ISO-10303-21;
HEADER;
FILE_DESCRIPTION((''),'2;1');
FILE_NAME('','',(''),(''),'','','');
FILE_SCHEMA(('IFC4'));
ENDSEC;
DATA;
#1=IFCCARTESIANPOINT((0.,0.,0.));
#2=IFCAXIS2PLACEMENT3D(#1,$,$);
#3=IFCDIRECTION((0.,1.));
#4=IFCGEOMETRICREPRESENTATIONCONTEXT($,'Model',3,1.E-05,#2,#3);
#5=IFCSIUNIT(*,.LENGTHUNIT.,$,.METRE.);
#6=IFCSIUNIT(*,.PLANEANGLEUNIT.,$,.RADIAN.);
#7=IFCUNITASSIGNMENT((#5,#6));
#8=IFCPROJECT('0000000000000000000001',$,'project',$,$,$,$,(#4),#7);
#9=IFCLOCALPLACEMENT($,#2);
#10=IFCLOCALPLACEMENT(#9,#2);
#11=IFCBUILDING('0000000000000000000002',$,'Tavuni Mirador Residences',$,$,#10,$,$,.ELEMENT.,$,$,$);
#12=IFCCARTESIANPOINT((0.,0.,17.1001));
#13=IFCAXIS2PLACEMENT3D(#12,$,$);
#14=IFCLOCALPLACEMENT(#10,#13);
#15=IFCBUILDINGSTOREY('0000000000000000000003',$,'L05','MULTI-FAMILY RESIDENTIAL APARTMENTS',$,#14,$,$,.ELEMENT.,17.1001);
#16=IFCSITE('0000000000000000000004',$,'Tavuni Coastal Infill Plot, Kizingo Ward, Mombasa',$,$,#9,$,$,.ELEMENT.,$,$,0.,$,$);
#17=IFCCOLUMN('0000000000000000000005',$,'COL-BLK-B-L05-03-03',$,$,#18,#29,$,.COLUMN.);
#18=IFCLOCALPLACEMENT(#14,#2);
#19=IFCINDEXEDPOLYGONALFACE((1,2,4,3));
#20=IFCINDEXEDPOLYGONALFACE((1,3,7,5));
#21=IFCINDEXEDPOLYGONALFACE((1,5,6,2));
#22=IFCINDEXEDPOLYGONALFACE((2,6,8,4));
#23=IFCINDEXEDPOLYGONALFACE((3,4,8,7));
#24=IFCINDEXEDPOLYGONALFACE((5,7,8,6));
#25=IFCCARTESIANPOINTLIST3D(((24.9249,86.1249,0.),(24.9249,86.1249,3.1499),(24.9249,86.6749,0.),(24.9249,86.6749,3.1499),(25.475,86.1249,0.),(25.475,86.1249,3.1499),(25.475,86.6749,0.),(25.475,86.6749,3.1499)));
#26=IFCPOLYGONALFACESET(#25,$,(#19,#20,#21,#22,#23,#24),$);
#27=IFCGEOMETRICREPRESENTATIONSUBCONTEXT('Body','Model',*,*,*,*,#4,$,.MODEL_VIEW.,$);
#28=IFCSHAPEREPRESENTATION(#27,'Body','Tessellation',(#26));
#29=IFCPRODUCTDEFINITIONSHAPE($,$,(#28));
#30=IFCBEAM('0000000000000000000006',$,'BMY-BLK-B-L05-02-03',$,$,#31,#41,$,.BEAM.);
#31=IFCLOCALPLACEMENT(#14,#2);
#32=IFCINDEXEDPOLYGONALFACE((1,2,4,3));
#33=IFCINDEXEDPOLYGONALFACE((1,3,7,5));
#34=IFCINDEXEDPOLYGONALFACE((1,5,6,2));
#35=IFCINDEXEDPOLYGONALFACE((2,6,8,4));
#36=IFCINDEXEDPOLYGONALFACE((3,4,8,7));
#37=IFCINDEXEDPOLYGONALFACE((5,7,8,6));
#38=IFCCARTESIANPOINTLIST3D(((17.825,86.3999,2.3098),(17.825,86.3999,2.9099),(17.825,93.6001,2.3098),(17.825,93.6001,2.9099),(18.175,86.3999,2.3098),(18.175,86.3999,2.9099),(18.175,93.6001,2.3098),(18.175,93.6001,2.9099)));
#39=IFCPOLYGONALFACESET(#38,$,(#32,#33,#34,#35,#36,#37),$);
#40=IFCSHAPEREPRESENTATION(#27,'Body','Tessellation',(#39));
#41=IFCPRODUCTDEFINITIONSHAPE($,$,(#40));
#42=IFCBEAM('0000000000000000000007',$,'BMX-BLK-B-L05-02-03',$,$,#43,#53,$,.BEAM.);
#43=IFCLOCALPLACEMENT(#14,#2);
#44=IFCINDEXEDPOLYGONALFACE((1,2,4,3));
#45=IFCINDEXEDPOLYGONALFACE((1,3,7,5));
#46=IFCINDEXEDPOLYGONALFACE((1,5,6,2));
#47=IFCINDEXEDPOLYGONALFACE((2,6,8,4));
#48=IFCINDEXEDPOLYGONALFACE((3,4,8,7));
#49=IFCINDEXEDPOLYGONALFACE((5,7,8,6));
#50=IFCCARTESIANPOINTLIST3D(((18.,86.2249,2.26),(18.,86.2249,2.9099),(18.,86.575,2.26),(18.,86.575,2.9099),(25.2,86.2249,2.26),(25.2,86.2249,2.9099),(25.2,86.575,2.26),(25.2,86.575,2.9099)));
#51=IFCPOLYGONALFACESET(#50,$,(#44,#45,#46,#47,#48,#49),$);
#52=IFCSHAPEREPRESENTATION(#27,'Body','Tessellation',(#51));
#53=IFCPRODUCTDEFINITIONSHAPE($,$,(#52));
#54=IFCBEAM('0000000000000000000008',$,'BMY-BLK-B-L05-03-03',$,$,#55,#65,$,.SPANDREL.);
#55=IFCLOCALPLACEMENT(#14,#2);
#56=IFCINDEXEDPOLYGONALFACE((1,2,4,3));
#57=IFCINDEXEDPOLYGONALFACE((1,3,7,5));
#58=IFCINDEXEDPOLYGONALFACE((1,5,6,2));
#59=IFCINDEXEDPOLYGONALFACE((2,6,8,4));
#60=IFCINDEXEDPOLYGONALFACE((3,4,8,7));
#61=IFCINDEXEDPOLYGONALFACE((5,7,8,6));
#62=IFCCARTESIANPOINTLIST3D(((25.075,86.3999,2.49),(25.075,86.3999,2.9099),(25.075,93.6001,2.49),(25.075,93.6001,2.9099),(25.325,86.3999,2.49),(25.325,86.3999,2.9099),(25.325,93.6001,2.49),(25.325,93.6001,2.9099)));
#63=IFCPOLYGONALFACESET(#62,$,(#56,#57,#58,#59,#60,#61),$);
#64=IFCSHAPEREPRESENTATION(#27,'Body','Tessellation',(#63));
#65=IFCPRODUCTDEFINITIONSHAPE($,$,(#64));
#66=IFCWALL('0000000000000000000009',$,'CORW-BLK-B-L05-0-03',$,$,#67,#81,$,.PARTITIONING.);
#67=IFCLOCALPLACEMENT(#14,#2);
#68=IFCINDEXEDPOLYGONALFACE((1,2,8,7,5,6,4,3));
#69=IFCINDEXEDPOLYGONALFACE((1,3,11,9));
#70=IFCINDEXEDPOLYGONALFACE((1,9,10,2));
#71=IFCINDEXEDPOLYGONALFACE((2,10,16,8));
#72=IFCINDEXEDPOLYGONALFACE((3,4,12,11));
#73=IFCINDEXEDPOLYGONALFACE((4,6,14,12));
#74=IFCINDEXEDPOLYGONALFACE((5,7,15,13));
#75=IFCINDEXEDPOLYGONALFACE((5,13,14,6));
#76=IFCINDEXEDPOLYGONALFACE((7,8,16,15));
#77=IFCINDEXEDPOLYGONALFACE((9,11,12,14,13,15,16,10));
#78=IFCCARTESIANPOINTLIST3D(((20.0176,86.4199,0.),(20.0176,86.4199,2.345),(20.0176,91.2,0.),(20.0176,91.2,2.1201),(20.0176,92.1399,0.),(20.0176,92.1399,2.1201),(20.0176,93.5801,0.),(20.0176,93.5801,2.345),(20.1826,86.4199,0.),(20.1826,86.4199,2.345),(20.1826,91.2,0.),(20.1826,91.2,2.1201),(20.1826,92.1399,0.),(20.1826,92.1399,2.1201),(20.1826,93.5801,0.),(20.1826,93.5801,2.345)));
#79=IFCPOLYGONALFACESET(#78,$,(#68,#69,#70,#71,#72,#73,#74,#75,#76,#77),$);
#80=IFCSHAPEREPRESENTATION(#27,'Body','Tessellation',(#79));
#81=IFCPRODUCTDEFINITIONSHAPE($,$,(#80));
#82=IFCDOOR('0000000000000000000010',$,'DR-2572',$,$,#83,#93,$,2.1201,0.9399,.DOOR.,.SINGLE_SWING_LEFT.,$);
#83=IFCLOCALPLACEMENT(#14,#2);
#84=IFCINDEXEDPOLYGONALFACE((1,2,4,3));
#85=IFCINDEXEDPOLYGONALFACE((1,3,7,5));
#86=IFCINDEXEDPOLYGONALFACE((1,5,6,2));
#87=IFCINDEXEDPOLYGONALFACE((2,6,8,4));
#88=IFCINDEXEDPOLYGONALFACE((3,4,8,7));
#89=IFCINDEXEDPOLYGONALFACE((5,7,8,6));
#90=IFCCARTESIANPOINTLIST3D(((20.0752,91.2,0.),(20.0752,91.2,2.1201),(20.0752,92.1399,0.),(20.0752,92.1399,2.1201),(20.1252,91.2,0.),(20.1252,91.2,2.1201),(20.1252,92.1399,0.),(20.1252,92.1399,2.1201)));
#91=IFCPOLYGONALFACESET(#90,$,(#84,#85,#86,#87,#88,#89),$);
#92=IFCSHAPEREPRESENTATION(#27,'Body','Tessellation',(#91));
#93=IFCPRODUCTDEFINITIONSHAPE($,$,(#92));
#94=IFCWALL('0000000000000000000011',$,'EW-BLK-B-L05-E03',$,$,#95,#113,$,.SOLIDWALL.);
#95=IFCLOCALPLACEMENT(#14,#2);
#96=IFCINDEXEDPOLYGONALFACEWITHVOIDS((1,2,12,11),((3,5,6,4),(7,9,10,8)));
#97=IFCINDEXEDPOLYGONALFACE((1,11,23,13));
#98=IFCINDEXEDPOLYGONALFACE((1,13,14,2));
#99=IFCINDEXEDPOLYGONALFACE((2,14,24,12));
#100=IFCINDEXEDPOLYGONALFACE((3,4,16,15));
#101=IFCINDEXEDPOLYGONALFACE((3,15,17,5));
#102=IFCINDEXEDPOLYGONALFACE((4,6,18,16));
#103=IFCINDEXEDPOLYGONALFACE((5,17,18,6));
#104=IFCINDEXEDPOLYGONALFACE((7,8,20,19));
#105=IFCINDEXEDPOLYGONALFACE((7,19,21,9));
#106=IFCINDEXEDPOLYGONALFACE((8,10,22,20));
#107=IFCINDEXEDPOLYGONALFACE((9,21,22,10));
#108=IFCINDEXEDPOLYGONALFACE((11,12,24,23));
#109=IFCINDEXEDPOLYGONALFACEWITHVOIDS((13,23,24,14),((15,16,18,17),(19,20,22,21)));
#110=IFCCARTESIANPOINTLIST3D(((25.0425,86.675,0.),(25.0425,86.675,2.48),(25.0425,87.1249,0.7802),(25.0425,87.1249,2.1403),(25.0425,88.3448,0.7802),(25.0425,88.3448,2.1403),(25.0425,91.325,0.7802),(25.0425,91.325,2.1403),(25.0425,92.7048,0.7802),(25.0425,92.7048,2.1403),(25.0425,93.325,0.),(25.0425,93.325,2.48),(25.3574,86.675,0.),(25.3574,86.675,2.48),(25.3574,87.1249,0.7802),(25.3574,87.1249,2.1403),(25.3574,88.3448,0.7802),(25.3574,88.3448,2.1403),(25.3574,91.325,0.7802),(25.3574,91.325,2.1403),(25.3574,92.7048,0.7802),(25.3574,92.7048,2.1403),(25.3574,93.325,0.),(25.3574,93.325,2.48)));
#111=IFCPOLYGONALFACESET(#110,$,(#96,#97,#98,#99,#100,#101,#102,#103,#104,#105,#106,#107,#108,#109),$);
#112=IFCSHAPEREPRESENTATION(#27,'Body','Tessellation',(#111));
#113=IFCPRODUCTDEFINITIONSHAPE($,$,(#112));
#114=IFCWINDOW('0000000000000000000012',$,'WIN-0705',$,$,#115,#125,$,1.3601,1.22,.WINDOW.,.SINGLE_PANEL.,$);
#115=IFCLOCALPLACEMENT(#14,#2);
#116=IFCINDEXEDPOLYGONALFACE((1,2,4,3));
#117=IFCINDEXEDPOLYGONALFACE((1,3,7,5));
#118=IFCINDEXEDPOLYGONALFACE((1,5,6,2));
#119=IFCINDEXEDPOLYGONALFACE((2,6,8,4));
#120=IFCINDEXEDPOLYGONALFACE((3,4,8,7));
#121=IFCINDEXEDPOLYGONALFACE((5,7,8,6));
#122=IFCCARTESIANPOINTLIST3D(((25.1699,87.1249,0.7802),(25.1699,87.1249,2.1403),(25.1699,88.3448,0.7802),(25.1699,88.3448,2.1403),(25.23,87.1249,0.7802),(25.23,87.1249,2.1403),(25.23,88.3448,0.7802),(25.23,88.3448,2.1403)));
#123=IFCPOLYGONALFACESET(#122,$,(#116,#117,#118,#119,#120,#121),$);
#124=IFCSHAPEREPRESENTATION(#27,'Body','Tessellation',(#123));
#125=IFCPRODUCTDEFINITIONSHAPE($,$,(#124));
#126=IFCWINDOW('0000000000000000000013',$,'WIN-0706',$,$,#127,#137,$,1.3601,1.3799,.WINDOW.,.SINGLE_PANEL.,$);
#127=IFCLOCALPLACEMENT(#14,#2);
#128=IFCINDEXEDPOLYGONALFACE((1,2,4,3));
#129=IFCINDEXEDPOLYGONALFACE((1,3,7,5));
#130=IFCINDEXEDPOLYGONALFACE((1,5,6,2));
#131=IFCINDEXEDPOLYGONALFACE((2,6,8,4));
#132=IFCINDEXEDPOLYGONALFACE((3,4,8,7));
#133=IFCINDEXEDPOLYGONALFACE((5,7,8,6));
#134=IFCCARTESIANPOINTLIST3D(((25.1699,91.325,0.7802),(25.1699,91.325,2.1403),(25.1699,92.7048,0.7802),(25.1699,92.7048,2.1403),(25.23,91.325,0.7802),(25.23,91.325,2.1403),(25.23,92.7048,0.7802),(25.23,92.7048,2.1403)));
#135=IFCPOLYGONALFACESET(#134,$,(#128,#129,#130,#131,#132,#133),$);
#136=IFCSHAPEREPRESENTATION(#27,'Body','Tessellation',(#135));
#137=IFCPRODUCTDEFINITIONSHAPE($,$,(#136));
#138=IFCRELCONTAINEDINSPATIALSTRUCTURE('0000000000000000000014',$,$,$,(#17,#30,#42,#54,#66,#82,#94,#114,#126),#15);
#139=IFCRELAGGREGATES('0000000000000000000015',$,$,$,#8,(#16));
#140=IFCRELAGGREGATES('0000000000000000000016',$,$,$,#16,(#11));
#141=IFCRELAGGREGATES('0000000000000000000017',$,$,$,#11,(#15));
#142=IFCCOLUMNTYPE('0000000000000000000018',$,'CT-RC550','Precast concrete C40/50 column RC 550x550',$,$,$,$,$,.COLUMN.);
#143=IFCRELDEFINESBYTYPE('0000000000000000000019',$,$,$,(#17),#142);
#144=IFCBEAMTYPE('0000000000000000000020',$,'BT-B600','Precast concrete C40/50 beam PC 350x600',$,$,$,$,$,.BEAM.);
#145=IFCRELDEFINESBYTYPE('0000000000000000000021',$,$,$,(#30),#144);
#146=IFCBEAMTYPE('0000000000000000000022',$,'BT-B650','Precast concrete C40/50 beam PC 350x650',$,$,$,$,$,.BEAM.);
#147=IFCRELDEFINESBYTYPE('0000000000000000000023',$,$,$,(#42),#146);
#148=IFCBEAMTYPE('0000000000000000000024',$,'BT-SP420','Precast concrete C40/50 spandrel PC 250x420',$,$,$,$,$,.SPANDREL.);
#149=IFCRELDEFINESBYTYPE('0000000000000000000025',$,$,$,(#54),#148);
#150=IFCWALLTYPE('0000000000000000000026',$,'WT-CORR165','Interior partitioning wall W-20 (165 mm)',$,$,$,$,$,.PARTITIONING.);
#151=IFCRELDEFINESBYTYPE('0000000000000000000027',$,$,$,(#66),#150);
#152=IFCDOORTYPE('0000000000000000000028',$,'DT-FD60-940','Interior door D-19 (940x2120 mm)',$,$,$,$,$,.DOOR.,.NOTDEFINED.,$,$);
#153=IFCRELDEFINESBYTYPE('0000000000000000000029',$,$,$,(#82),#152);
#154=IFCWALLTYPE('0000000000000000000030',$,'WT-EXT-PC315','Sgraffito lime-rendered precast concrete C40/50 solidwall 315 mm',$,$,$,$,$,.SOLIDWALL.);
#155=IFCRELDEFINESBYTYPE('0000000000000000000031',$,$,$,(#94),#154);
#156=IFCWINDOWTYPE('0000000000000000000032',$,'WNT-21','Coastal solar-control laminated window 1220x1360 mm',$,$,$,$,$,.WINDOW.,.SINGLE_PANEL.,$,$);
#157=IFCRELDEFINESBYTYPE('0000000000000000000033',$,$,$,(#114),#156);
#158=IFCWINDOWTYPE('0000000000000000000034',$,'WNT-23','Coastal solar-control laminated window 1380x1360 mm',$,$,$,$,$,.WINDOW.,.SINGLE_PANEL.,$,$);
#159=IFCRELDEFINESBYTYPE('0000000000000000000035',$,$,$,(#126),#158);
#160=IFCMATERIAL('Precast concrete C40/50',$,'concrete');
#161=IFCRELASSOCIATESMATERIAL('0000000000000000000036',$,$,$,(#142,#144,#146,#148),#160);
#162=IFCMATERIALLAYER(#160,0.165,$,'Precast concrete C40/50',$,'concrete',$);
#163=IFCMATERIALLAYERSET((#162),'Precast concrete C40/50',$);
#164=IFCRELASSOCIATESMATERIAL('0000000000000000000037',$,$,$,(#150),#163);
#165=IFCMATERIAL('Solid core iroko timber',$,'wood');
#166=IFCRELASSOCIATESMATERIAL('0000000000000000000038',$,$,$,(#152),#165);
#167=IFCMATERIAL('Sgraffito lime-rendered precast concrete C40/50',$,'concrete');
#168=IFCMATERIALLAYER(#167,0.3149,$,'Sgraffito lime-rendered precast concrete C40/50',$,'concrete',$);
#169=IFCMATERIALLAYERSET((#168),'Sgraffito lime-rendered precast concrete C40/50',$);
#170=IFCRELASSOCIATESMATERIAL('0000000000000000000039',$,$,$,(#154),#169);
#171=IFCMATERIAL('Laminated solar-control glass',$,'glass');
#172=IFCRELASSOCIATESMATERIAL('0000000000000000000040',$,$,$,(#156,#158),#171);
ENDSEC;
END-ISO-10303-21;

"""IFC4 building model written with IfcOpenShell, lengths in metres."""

from ifc_helpers import new_model, si_unit, direction, frame, frame_2d, origin, origin_2d, place, context, subcontext, project, spatial, rectangle, extrude, material, layer, layer_set, material_profile, profile_set, type_object, element, fill, save


model = new_model("IFC4")

# Units and contexts
model_context = context("Model", 3, precision=1e-05, world=origin(), true_north=direction((0.0, 1.0)))
body_context = subcontext(model_context, "Body", "Model", "MODEL_VIEW")
ifc_project = project(units=[si_unit("LENGTHUNIT", "METRE"), si_unit("PLANEANGLEUNIT", "RADIAN")], contexts=[model_context])

# Site, building, storey
site_placement = place(None, origin())
site = spatial("IfcSite", under=ifc_project, at=site_placement, Name="Tavuni Coastal Infill Plot, Kizingo Ward, Mombasa", CompositionType="ELEMENT", RefElevation=0.0)
building_placement = place(site_placement, origin())
building = spatial("IfcBuilding", under=site, at=building_placement, Name="Tavuni Mirador Residences", CompositionType="ELEMENT")
storey_placement = place(building_placement, frame((0.0, 0.0, 17.1001)))
storey = spatial("IfcBuildingStorey", under=building, at=storey_placement, Name="L05", Description="MULTI-FAMILY RESIDENTIAL APARTMENTS", CompositionType="ELEMENT", Elevation=17.1001)

# Column
ifc_material_1 = material(Name="Precast concrete C40/50", Category="concrete")
ifc_material_profile_1 = material_profile(ifc_material_1, rectangle(XDim=0.55, YDim=0.55, at=origin_2d()), Name="RC 550x550", Category="concrete")
ifc_profile_set_1 = profile_set([ifc_material_profile_1], Name="Precast concrete C40/50")
column_type = type_object("IfcColumnType", Name="CT-RC550", Description="Precast concrete C40/50 column RC 550x550", PredefinedType="COLUMN", material=ifc_profile_set_1)
column_placement = place(storey_placement, frame((25.2, 86.3999, 0.0), z_axis=(0.0, 0.0, 1.0), x_axis=(1.0, 0.0, 0.0)))
element("IfcColumn", 1, at=column_placement, inside=storey, type_object=column_type, Name="COL-BLK-B-L05-03-03", PredefinedType="COLUMN", context=body_context, shape_type="SweptSolid", body=[
    extrude(rectangle(XDim=0.55, YDim=0.55, at=origin_2d()), origin(), (0.0, 0.0, 1.0), 3.1499),
])

# Beams
ifc_material_profile_2 = material_profile(ifc_material_1, rectangle(XDim=0.3501, YDim=0.6001, at=origin_2d()), Name="PC 350x600", Category="concrete")
ifc_profile_set_2 = profile_set([ifc_material_profile_2], Name="Precast concrete C40/50")
beam_type_1 = type_object("IfcBeamType", Name="BT-B600", Description="Precast concrete C40/50 beam PC 350x600", PredefinedType="BEAM", material=ifc_profile_set_2)
beam_1_placement = place(storey_placement, frame((18.0, 86.3999, 2.6099), z_axis=(0.0, 1.0, 0.0), x_axis=(-1.0, 0.0, 0.0)))
element("IfcBeam", 2, at=beam_1_placement, inside=storey, type_object=beam_type_1, Name="BMY-BLK-B-L05-02-03", PredefinedType="BEAM", context=body_context, shape_type="SweptSolid", body=[
    extrude(rectangle(XDim=0.3501, YDim=0.6001, at=origin_2d()), origin(), (0.0, 0.0, 1.0), 7.2002),
])
ifc_material_profile_3 = material_profile(ifc_material_1, rectangle(XDim=0.3501, YDim=0.6499, at=origin_2d()), Name="PC 350x650", Category="concrete")
ifc_profile_set_3 = profile_set([ifc_material_profile_3], Name="Precast concrete C40/50")
beam_type_2 = type_object("IfcBeamType", Name="BT-B650", Description="Precast concrete C40/50 beam PC 350x650", PredefinedType="BEAM", material=ifc_profile_set_3)
beam_2_placement = place(storey_placement, frame((18.0, 86.3999, 2.585), z_axis=(1.0, 0.0, 0.0), x_axis=(0.0, 1.0, 0.0)))
element("IfcBeam", 3, at=beam_2_placement, inside=storey, type_object=beam_type_2, Name="BMX-BLK-B-L05-02-03", PredefinedType="BEAM", context=body_context, shape_type="SweptSolid", body=[
    extrude(rectangle(XDim=0.3501, YDim=0.6499, at=origin_2d()), origin(), (0.0, 0.0, 1.0), 7.2),
])
ifc_material_profile_4 = material_profile(ifc_material_1, rectangle(XDim=0.25, YDim=0.4199, at=origin_2d()), Name="PC 250x420", Category="concrete")
ifc_profile_set_4 = profile_set([ifc_material_profile_4], Name="Precast concrete C40/50")
beam_type_3 = type_object("IfcBeamType", Name="BT-SP420", Description="Precast concrete C40/50 spandrel PC 250x420", PredefinedType="SPANDREL", material=ifc_profile_set_4)
beam_3_placement = place(storey_placement, frame((25.2, 86.3999, 2.7), z_axis=(0.0, 1.0, 0.0), x_axis=(-1.0, 0.0, 0.0)))
element("IfcBeam", 4, at=beam_3_placement, inside=storey, type_object=beam_type_3, Name="BMY-BLK-B-L05-03-03", PredefinedType="SPANDREL", context=body_context, shape_type="SweptSolid", body=[
    extrude(rectangle(XDim=0.25, YDim=0.4199, at=origin_2d()), origin(), (0.0, 0.0, 1.0), 7.2002),
])

# Wall, opening, door
ifc_material_2 = material(Name="Solid core iroko timber", Category="wood")
ifc_layer_1 = layer(ifc_material_1, 0.165, Name="Precast concrete C40/50", Category="concrete")
ifc_layer_set_1 = layer_set([ifc_layer_1], Name="Precast concrete C40/50")
wall_type_1 = type_object("IfcWallType", Name="WT-CORR165", Description="Interior partitioning wall W-20 (165 mm)", PredefinedType="PARTITIONING", material=ifc_layer_set_1)
wall_1_placement = place(storey_placement, frame((20.1001, 86.4199, 0.0), z_axis=(0.0, 0.0, 1.0), x_axis=(0.0, 1.0, 0.0)))
wall_1 = element("IfcWall", 5, at=wall_1_placement, inside=storey, type_object=wall_type_1, Name="CORW-BLK-B-L05-0-03", PredefinedType="PARTITIONING", context=body_context, shape_type="SweptSolid", body=[
    extrude(rectangle(XDim=7.1602, YDim=0.165, at=frame_2d((3.5801, 0.0))), origin(), (0.0, 0.0, 1.0), 2.345),
])
opening_1_placement = place(wall_1_placement, frame((4.78, 0.0, 0.0)))
opening_1 = element("IfcOpeningElement", 6, at=opening_1_placement, cuts=wall_1, PredefinedType="OPENING", context=body_context, shape_type="SweptSolid", body=[
    extrude(rectangle(XDim=0.9399, YDim=2.1201, at=frame_2d((0.47, 1.0601))), frame((0.0, 0.0925, 0.0), z_axis=(0.0, -1.0, 0.0), x_axis=(1.0, 0.0, 0.0)), (0.0, 0.0, 1.0), 0.1851),
])
door_type_1 = type_object("IfcDoorType", Name="DT-FD60-940", Description="Interior door D-19 (940x2120 mm)", OperationType="NOTDEFINED", PredefinedType="DOOR", material=ifc_material_2)
door_1_placement = place(opening_1_placement, origin())
door_1 = element("IfcDoor", 7, at=door_1_placement, inside=storey, type_object=door_type_1, Name="DR-2572", OperationType="SINGLE_SWING_LEFT", OverallHeight=2.1201, OverallWidth=0.9399, PredefinedType="DOOR", context=body_context, shape_type="SweptSolid", body=[
    extrude(rectangle(XDim=0.9399, YDim=2.1201, at=frame_2d((0.47, 1.0601))), frame((0.0, 0.0249, 0.0), z_axis=(0.0, -1.0, 0.0), x_axis=(1.0, 0.0, 0.0)), (0.0, 0.0, 1.0), 0.05),
])
fill(opening_1, door_1)

# Wall, openings, windows
ifc_material_3 = material(Name="Sgraffito lime-rendered precast concrete C40/50", Category="concrete")
ifc_layer_2 = layer(ifc_material_3, 0.3149, Name="Sgraffito lime-rendered precast concrete C40/50", Category="concrete")
ifc_layer_set_2 = layer_set([ifc_layer_2], Name="Sgraffito lime-rendered precast concrete C40/50")
wall_type_2 = type_object("IfcWallType", Name="WT-EXT-PC315", Description="Sgraffito lime-rendered precast concrete C40/50 solidwall 315 mm", PredefinedType="SOLIDWALL", material=ifc_layer_set_2)
wall_2_placement = place(storey_placement, frame((25.2, 86.675, 0.0), z_axis=(0.0, 0.0, 1.0), x_axis=(0.0, 1.0, 0.0)))
wall_2 = element("IfcWall", 8, at=wall_2_placement, inside=storey, type_object=wall_type_2, Name="EW-BLK-B-L05-E03", PredefinedType="SOLIDWALL", context=body_context, shape_type="SweptSolid", body=[
    extrude(rectangle(XDim=6.6499, YDim=0.3149, at=frame_2d((3.325, 0.0))), origin(), (0.0, 0.0, 1.0), 2.48),
])
opening_2_placement = place(wall_2_placement, frame((0.45, 0.0, 0.78)))
opening_2 = element("IfcOpeningElement", 9, at=opening_2_placement, cuts=wall_2, PredefinedType="OPENING", context=body_context, shape_type="SweptSolid", body=[
    extrude(rectangle(XDim=1.22, YDim=1.3601, at=frame_2d((0.6099, 0.6802))), frame((0.0, 0.1675, 0.0), z_axis=(0.0, -1.0, 0.0), x_axis=(1.0, 0.0, 0.0)), (0.0, 0.0, 1.0), 0.335),
])
opening_3_placement = place(wall_2_placement, frame((4.6499, 0.0, 0.78)))
opening_3 = element("IfcOpeningElement", 10, at=opening_3_placement, cuts=wall_2, PredefinedType="OPENING", context=body_context, shape_type="SweptSolid", body=[
    extrude(rectangle(XDim=1.3799, YDim=1.3601, at=frame_2d((0.6899, 0.6802))), frame((0.0, 0.1675, 0.0), z_axis=(0.0, -1.0, 0.0), x_axis=(1.0, 0.0, 0.0)), (0.0, 0.0, 1.0), 0.335),
])
ifc_material_4 = material(Name="Laminated solar-control glass", Category="glass")
window_type_1 = type_object("IfcWindowType", Name="WNT-21", Description="Coastal solar-control laminated window 1220x1360 mm", PartitioningType="SINGLE_PANEL", PredefinedType="WINDOW", material=ifc_material_4)
window_1_placement = place(opening_2_placement, origin())
window_1 = element("IfcWindow", 11, at=window_1_placement, inside=storey, type_object=window_type_1, Name="WIN-0705", OverallHeight=1.3601, OverallWidth=1.22, PartitioningType="SINGLE_PANEL", PredefinedType="WINDOW", context=body_context, shape_type="SweptSolid", body=[
    extrude(rectangle(XDim=1.22, YDim=1.3601, at=frame_2d((0.6099, 0.6802))), frame((0.0, 0.03, 0.0), z_axis=(0.0, -1.0, 0.0), x_axis=(1.0, 0.0, 0.0)), (0.0, 0.0, 1.0), 0.0601),
])
fill(opening_2, window_1)
window_type_2 = type_object("IfcWindowType", Name="WNT-23", Description="Coastal solar-control laminated window 1380x1360 mm", PartitioningType="SINGLE_PANEL", PredefinedType="WINDOW", material=ifc_material_4)
window_2_placement = place(opening_3_placement, origin())
window_2 = element("IfcWindow", 12, at=window_2_placement, inside=storey, type_object=window_type_2, Name="WIN-0706", OverallHeight=1.3601, OverallWidth=1.3799, PartitioningType="SINGLE_PANEL", PredefinedType="WINDOW", context=body_context, shape_type="SweptSolid", body=[
    extrude(rectangle(XDim=1.3799, YDim=1.3601, at=frame_2d((0.6899, 0.6802))), frame((0.0, 0.03, 0.0), z_axis=(0.0, -1.0, 0.0), x_axis=(1.0, 0.0, 0.0)), (0.0, 0.0, 1.0), 0.0601),
])
fill(opening_3, window_2)

save(model, "model.ifc")
